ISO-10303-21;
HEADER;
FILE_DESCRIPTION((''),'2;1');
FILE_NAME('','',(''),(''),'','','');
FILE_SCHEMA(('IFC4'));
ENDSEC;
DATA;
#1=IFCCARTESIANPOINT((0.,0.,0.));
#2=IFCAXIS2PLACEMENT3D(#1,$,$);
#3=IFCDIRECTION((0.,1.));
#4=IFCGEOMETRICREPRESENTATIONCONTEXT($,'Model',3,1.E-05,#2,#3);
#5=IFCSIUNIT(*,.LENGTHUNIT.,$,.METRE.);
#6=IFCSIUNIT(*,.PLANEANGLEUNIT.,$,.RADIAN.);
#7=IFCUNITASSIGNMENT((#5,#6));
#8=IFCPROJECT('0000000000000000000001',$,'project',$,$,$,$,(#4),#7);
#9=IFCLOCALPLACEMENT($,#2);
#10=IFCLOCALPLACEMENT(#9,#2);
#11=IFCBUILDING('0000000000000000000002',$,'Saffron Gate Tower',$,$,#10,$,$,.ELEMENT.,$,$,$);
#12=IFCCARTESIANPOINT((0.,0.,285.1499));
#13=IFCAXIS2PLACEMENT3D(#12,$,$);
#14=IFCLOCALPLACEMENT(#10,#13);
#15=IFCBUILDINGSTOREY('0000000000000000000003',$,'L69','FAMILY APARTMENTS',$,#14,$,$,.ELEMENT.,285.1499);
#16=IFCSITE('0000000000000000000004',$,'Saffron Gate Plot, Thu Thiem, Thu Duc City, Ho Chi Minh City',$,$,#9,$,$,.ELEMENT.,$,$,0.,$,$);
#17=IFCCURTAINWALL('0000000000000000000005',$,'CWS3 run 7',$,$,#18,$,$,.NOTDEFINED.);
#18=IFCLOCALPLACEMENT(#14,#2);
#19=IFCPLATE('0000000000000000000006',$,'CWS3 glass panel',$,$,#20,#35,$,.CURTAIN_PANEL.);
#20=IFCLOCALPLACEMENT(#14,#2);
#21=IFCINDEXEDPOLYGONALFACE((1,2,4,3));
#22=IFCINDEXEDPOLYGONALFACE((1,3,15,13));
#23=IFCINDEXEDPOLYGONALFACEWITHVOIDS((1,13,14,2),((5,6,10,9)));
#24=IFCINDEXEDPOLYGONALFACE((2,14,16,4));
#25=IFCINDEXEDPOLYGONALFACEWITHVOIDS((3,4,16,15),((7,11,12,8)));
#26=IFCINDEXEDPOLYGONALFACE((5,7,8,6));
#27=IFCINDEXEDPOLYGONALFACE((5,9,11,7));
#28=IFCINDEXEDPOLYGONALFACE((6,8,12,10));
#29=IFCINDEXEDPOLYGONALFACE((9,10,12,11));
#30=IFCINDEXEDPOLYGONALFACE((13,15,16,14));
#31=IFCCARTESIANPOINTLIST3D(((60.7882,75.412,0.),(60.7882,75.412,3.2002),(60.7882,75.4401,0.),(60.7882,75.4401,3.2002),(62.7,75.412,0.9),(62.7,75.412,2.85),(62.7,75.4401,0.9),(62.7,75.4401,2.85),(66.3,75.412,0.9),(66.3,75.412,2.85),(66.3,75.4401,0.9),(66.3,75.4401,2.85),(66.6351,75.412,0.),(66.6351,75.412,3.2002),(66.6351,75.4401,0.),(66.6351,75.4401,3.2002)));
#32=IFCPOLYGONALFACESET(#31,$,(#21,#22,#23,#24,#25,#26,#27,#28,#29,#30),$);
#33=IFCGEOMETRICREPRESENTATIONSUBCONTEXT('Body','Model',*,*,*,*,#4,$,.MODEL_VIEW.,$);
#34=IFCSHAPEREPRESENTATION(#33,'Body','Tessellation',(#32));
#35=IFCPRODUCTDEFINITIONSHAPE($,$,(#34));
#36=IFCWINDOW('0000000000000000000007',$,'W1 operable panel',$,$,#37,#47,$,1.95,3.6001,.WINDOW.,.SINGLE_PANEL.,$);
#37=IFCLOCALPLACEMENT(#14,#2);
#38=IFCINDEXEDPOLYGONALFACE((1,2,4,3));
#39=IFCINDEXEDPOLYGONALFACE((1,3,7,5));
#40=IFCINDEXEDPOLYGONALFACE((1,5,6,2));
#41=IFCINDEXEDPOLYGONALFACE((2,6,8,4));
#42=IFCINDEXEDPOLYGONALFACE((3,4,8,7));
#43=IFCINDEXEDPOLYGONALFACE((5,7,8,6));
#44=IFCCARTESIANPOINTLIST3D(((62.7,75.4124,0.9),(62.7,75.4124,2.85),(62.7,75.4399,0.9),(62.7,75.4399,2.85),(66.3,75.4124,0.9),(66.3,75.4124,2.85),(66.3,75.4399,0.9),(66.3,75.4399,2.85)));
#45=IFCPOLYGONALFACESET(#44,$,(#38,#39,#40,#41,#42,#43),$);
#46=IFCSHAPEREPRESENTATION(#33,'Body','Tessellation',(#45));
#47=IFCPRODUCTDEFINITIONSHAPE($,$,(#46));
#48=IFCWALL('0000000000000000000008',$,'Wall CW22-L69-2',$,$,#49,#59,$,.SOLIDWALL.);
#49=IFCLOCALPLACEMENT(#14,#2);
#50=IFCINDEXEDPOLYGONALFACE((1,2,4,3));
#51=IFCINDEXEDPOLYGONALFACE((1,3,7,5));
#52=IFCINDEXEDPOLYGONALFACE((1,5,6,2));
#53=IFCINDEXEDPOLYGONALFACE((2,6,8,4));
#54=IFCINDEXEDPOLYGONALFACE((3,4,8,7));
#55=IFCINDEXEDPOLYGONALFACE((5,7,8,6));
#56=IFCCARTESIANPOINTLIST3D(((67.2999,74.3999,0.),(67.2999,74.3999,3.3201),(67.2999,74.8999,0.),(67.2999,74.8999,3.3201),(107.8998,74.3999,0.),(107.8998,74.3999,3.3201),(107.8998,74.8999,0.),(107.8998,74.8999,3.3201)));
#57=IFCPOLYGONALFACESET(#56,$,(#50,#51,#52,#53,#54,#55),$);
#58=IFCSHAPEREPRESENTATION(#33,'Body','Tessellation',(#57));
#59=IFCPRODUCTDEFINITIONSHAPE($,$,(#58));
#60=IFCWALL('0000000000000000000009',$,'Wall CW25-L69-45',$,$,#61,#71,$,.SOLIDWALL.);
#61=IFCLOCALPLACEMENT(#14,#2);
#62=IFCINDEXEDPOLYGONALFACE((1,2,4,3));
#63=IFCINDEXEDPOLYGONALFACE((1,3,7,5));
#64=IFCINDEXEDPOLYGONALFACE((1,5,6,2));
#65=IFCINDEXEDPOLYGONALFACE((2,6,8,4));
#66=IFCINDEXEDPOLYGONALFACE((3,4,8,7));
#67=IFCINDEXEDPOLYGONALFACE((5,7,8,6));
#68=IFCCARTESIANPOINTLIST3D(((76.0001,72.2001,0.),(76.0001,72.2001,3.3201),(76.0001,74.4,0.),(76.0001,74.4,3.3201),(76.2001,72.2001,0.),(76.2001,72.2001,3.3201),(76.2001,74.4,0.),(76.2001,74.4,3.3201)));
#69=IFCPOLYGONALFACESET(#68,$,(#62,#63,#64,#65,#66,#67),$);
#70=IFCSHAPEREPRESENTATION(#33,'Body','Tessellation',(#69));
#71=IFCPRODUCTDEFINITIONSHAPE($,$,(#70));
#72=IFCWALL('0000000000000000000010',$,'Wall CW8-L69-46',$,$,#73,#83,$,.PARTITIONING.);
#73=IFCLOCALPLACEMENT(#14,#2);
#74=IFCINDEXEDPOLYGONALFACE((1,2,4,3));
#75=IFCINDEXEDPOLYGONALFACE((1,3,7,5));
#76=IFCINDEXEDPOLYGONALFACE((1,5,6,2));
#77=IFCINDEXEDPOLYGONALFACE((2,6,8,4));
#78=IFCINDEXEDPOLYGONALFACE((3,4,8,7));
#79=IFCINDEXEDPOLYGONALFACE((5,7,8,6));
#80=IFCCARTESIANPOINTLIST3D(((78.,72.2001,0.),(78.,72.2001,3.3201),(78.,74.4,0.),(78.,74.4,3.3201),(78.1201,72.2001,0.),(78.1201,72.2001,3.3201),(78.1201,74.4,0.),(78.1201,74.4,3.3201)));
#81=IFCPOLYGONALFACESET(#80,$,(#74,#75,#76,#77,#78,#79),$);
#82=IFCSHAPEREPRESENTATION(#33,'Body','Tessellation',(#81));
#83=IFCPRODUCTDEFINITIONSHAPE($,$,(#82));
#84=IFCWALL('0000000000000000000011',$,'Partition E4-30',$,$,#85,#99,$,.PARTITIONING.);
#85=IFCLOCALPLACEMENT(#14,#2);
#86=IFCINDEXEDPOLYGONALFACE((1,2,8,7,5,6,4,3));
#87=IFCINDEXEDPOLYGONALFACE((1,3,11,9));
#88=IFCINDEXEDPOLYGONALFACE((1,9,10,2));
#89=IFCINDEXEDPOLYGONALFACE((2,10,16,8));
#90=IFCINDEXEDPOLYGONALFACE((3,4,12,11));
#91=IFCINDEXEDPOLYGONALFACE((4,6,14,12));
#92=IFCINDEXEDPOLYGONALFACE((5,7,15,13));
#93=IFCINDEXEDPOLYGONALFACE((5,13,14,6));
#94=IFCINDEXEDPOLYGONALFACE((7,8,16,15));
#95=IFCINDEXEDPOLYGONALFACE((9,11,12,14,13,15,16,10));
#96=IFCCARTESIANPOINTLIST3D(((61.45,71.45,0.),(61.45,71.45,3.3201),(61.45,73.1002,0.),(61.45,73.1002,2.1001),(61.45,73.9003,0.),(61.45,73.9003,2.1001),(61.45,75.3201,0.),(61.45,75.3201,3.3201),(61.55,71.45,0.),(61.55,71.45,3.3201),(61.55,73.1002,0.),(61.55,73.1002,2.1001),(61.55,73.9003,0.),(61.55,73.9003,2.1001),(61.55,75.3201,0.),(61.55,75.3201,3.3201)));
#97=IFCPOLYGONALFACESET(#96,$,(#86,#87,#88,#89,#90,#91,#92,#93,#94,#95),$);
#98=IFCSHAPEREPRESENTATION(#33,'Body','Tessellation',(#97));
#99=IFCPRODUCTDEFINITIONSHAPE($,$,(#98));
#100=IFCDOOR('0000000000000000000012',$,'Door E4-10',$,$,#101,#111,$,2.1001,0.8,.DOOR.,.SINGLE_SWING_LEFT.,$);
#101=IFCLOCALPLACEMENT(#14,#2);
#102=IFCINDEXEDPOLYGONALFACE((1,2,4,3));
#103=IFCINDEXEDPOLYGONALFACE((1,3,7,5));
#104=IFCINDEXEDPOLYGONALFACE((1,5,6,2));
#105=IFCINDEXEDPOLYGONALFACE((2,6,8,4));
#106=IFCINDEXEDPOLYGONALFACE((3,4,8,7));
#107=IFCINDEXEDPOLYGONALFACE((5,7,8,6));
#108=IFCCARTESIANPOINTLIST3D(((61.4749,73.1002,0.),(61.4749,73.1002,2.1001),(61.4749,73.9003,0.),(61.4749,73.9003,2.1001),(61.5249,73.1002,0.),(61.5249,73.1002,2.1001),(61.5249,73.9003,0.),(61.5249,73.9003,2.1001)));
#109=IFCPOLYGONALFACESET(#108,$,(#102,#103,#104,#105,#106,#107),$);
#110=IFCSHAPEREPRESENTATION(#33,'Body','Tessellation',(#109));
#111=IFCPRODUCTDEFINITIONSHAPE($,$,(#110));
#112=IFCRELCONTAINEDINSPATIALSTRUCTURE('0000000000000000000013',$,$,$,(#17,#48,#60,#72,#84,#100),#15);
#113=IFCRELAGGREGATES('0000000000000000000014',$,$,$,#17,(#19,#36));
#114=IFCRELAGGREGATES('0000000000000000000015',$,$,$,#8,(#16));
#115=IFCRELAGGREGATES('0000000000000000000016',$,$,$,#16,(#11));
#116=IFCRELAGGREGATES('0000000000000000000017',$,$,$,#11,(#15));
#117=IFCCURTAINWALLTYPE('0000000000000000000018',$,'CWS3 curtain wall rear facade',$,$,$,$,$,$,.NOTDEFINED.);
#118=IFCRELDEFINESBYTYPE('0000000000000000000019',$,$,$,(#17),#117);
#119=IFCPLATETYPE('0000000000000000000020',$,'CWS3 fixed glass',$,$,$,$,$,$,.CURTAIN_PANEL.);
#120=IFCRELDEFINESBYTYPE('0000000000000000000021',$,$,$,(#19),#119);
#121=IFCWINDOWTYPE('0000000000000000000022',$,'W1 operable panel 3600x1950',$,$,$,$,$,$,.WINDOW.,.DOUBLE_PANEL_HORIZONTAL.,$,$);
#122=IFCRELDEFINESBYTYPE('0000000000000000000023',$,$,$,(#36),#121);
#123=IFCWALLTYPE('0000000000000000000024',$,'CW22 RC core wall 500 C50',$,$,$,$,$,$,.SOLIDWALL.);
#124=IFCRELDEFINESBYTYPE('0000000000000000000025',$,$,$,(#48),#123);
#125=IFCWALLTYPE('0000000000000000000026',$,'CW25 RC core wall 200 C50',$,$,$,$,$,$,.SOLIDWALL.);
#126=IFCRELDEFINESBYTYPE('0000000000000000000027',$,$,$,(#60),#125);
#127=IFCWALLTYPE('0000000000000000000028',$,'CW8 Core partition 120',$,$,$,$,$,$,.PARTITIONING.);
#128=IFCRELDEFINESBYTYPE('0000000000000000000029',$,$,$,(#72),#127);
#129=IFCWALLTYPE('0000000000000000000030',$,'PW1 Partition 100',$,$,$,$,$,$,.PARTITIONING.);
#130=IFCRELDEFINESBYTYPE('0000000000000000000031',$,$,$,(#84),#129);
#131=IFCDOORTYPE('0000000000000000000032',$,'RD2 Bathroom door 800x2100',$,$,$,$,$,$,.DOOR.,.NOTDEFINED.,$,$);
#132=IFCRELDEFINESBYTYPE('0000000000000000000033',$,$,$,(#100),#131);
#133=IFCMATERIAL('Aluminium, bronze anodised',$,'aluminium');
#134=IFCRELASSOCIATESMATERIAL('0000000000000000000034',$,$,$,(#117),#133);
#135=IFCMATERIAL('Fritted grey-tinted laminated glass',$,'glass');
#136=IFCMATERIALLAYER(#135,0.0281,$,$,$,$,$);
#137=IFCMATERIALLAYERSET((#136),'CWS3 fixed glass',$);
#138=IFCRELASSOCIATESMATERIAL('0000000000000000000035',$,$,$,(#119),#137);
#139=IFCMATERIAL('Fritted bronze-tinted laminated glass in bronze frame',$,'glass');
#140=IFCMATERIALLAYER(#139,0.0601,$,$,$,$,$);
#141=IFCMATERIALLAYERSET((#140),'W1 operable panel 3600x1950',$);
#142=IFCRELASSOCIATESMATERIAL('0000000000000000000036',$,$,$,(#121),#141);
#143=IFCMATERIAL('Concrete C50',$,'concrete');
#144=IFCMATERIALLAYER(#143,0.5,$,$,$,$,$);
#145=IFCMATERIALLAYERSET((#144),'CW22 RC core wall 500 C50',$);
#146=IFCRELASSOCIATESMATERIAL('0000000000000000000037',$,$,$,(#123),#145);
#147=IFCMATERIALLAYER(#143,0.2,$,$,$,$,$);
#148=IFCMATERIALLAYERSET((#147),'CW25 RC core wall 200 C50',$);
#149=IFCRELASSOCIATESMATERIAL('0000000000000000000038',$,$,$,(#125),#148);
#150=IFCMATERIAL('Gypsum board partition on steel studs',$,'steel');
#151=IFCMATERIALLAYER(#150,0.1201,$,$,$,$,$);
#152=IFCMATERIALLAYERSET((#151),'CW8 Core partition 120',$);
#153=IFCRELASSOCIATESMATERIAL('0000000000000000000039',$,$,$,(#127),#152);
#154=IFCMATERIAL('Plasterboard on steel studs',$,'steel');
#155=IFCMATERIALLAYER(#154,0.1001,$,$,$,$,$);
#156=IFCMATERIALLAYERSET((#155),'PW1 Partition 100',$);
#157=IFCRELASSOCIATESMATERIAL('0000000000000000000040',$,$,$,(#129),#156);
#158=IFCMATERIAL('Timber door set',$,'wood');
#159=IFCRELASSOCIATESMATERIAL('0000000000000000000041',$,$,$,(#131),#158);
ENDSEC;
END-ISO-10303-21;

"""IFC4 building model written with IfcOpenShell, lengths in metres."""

from ifc_helpers import new_model, si_unit, direction, frame, frame_2d, origin, place, context, subcontext, project, spatial, rectangle, extrude, material, layer, layer_set, type_object, element, fill, aggregate, save


model = new_model("IFC4")

# Units and contexts
model_context = context("Model", 3, precision=1e-05, world=origin(), true_north=direction((0.0, 1.0)))
body_context = subcontext(model_context, "Body", "Model", "MODEL_VIEW")
ifc_project = project(units=[si_unit("LENGTHUNIT", "METRE"), si_unit("PLANEANGLEUNIT", "RADIAN")], contexts=[model_context])

# Site, building, storey
site_placement = place(None, origin())
site = spatial("IfcSite", under=ifc_project, at=site_placement, Name="Saffron Gate Plot, Thu Thiem, Thu Duc City, Ho Chi Minh City", CompositionType="ELEMENT", RefElevation=0.0)
building_placement = place(site_placement, origin())
building = spatial("IfcBuilding", under=site, at=building_placement, Name="Saffron Gate Tower", CompositionType="ELEMENT")
storey_placement = place(building_placement, frame((0.0, 0.0, 285.1499)))
storey = spatial("IfcBuildingStorey", under=building, at=storey_placement, Name="L69", Description="FAMILY APARTMENTS", CompositionType="ELEMENT", Elevation=285.1499)

# Curtain wall, plate, opening, window
ifc_material_1 = material(Name="Aluminium, bronze anodised", Category="aluminium")
curtain_wall_type = type_object("IfcCurtainWallType", Name="CWS3 curtain wall rear facade", PredefinedType="NOTDEFINED", material=ifc_material_1)
curtain_wall_placement = place(storey_placement, origin())
curtain_wall = element("IfcCurtainWall", 1, at=curtain_wall_placement, inside=storey, type_object=curtain_wall_type, Name="CWS3 run 7", PredefinedType="NOTDEFINED")
ifc_material_2 = material(Name="Fritted grey-tinted laminated glass", Category="glass")
ifc_layer_1 = layer(ifc_material_2, 0.0281)
ifc_layer_set_1 = layer_set([ifc_layer_1], Name="CWS3 fixed glass")
plate_type = type_object("IfcPlateType", Name="CWS3 fixed glass", PredefinedType="CURTAIN_PANEL", material=ifc_layer_set_1)
plate_placement = place(storey_placement, frame((66.635, 75.426, 0.0), z_axis=(0.0, 0.0, 1.0), x_axis=(-1.0, 0.0, 0.0)))
plate = element("IfcPlate", 2, at=plate_placement, type_object=plate_type, Name="CWS3 glass panel", PredefinedType="CURTAIN_PANEL", context=body_context, shape_type="SweptSolid", body=[
    extrude(rectangle(XDim=5.8469, YDim=0.0281, at=frame_2d((2.9233, 0.0))), origin(), (0.0, 0.0, 1.0), 3.2002),
])
opening_1_placement = place(plate_placement, frame((0.335, 0.0, 0.8999)))
opening_1 = element("IfcOpeningElement", 3, at=opening_1_placement, cuts=plate, PredefinedType="OPENING", context=body_context, shape_type="SweptSolid", body=[
    extrude(rectangle(XDim=3.6001, YDim=1.95, at=frame_2d((1.8, 0.9751))), frame((0.0, 0.0239, 0.0), z_axis=(0.0, -1.0, 0.0), x_axis=(1.0, 0.0, 0.0)), (0.0, 0.0, 1.0), 0.0481),
])
ifc_material_3 = material(Name="Fritted bronze-tinted laminated glass in bronze frame", Category="glass")
ifc_layer_2 = layer(ifc_material_3, 0.0601)
ifc_layer_set_2 = layer_set([ifc_layer_2], Name="W1 operable panel 3600x1950")
window_type = type_object("IfcWindowType", Name="W1 operable panel 3600x1950", PartitioningType="DOUBLE_PANEL_HORIZONTAL", PredefinedType="WINDOW", material=ifc_layer_set_2)
window_placement = place(opening_1_placement, origin())
window = element("IfcWindow", 4, at=window_placement, type_object=window_type, Name="W1 operable panel", OverallHeight=1.95, OverallWidth=3.6001, PartitioningType="SINGLE_PANEL", PredefinedType="WINDOW", context=body_context, shape_type="SweptSolid", body=[
    extrude(rectangle(XDim=3.6001, YDim=1.95, at=frame_2d((1.8, 0.9751))), frame((0.0, 0.0137, 0.0), z_axis=(0.0, -1.0, 0.0), x_axis=(1.0, 0.0, 0.0)), (0.0, 0.0, 1.0), 0.0276),
])
fill(opening_1, window)
aggregate(curtain_wall, [plate, window])

# Walls
ifc_material_4 = material(Name="Concrete C50", Category="concrete")
ifc_layer_3 = layer(ifc_material_4, 0.5)
ifc_layer_set_3 = layer_set([ifc_layer_3], Name="CW22 RC core wall 500 C50")
wall_type_1 = type_object("IfcWallType", Name="CW22 RC core wall 500 C50", PredefinedType="SOLIDWALL", material=ifc_layer_set_3)
wall_1_placement = place(storey_placement, frame((67.3, 74.6499, 0.0), z_axis=(0.0, 0.0, 1.0), x_axis=(1.0, 0.0, 0.0)))
element("IfcWall", 5, at=wall_1_placement, inside=storey, type_object=wall_type_1, Name="Wall CW22-L69-2", PredefinedType="SOLIDWALL", context=body_context, shape_type="SweptSolid", body=[
    extrude(rectangle(XDim=40.5999, YDim=0.5, at=frame_2d((20.2998, 0.0))), origin(), (0.0, 0.0, 1.0), 3.3201),
])
ifc_layer_4 = layer(ifc_material_4, 0.2)
ifc_layer_set_4 = layer_set([ifc_layer_4], Name="CW25 RC core wall 200 C50")
wall_type_2 = type_object("IfcWallType", Name="CW25 RC core wall 200 C50", PredefinedType="SOLIDWALL", material=ifc_layer_set_4)
wall_2_placement = place(storey_placement, frame((76.1001, 72.2, 0.0), z_axis=(0.0, 0.0, 1.0), x_axis=(0.0, 1.0, 0.0)))
element("IfcWall", 6, at=wall_2_placement, inside=storey, type_object=wall_type_2, Name="Wall CW25-L69-45", PredefinedType="SOLIDWALL", context=body_context, shape_type="SweptSolid", body=[
    extrude(rectangle(XDim=2.2, YDim=0.2, at=frame_2d((1.1001, 0.0))), origin(), (0.0, 0.0, 1.0), 3.3201),
])
ifc_material_5 = material(Name="Gypsum board partition on steel studs", Category="steel")
ifc_layer_5 = layer(ifc_material_5, 0.1201)
ifc_layer_set_5 = layer_set([ifc_layer_5], Name="CW8 Core partition 120")
wall_type_3 = type_object("IfcWallType", Name="CW8 Core partition 120", PredefinedType="PARTITIONING", material=ifc_layer_set_5)
wall_3_placement = place(storey_placement, frame((78.0601, 72.2, 0.0), z_axis=(0.0, 0.0, 1.0), x_axis=(0.0, 1.0, 0.0)))
element("IfcWall", 7, at=wall_3_placement, inside=storey, type_object=wall_type_3, Name="Wall CW8-L69-46", PredefinedType="PARTITIONING", context=body_context, shape_type="SweptSolid", body=[
    extrude(rectangle(XDim=2.2, YDim=0.1201, at=frame_2d((1.1001, 0.0))), origin(), (0.0, 0.0, 1.0), 3.3201),
])

# Wall, opening, door
ifc_material_6 = material(Name="Plasterboard on steel studs", Category="steel")
ifc_layer_6 = layer(ifc_material_6, 0.1001)
ifc_layer_set_6 = layer_set([ifc_layer_6], Name="PW1 Partition 100")
wall_type_4 = type_object("IfcWallType", Name="PW1 Partition 100", PredefinedType="PARTITIONING", material=ifc_layer_set_6)
wall_4_placement = place(storey_placement, frame((61.5, 75.3201, 0.0), z_axis=(0.0, 0.0, 1.0), x_axis=(0.0, -1.0, 0.0)))
wall_4 = element("IfcWall", 8, at=wall_4_placement, inside=storey, type_object=wall_type_4, Name="Partition E4-30", PredefinedType="PARTITIONING", context=body_context, shape_type="SweptSolid", body=[
    extrude(rectangle(XDim=3.8701, YDim=0.1001, at=frame_2d((1.9351, 0.0))), origin(), (0.0, 0.0, 1.0), 3.3201),
])
opening_2_placement = place(wall_4_placement, frame((1.4199, 0.0, 0.0)))
opening_2 = element("IfcOpeningElement", 9, at=opening_2_placement, cuts=wall_4, PredefinedType="OPENING", context=body_context, shape_type="SweptSolid", body=[
    extrude(rectangle(XDim=0.8, YDim=2.1001, at=frame_2d((0.3999, 1.05))), frame((0.0, 0.0601, 0.0), z_axis=(0.0, -1.0, 0.0), x_axis=(1.0, 0.0, 0.0)), (0.0, 0.0, 1.0), 0.1201),
])
ifc_material_7 = material(Name="Timber door set", Category="wood")
door_type = type_object("IfcDoorType", Name="RD2 Bathroom door 800x2100", OperationType="NOTDEFINED", PredefinedType="DOOR", material=ifc_material_7)
door_placement = place(opening_2_placement, origin())
door = element("IfcDoor", 10, at=door_placement, inside=storey, type_object=door_type, Name="Door E4-10", OperationType="SINGLE_SWING_LEFT", OverallHeight=2.1001, OverallWidth=0.8, PredefinedType="DOOR", context=body_context, shape_type="SweptSolid", body=[
    extrude(rectangle(XDim=0.8, YDim=2.1001, at=frame_2d((0.3999, 1.05))), frame((0.0, 0.0249, 0.0), z_axis=(0.0, -1.0, 0.0), x_axis=(1.0, 0.0, 0.0)), (0.0, 0.0, 1.0), 0.05),
])
fill(opening_2, door)

save(model, "model.ifc")
